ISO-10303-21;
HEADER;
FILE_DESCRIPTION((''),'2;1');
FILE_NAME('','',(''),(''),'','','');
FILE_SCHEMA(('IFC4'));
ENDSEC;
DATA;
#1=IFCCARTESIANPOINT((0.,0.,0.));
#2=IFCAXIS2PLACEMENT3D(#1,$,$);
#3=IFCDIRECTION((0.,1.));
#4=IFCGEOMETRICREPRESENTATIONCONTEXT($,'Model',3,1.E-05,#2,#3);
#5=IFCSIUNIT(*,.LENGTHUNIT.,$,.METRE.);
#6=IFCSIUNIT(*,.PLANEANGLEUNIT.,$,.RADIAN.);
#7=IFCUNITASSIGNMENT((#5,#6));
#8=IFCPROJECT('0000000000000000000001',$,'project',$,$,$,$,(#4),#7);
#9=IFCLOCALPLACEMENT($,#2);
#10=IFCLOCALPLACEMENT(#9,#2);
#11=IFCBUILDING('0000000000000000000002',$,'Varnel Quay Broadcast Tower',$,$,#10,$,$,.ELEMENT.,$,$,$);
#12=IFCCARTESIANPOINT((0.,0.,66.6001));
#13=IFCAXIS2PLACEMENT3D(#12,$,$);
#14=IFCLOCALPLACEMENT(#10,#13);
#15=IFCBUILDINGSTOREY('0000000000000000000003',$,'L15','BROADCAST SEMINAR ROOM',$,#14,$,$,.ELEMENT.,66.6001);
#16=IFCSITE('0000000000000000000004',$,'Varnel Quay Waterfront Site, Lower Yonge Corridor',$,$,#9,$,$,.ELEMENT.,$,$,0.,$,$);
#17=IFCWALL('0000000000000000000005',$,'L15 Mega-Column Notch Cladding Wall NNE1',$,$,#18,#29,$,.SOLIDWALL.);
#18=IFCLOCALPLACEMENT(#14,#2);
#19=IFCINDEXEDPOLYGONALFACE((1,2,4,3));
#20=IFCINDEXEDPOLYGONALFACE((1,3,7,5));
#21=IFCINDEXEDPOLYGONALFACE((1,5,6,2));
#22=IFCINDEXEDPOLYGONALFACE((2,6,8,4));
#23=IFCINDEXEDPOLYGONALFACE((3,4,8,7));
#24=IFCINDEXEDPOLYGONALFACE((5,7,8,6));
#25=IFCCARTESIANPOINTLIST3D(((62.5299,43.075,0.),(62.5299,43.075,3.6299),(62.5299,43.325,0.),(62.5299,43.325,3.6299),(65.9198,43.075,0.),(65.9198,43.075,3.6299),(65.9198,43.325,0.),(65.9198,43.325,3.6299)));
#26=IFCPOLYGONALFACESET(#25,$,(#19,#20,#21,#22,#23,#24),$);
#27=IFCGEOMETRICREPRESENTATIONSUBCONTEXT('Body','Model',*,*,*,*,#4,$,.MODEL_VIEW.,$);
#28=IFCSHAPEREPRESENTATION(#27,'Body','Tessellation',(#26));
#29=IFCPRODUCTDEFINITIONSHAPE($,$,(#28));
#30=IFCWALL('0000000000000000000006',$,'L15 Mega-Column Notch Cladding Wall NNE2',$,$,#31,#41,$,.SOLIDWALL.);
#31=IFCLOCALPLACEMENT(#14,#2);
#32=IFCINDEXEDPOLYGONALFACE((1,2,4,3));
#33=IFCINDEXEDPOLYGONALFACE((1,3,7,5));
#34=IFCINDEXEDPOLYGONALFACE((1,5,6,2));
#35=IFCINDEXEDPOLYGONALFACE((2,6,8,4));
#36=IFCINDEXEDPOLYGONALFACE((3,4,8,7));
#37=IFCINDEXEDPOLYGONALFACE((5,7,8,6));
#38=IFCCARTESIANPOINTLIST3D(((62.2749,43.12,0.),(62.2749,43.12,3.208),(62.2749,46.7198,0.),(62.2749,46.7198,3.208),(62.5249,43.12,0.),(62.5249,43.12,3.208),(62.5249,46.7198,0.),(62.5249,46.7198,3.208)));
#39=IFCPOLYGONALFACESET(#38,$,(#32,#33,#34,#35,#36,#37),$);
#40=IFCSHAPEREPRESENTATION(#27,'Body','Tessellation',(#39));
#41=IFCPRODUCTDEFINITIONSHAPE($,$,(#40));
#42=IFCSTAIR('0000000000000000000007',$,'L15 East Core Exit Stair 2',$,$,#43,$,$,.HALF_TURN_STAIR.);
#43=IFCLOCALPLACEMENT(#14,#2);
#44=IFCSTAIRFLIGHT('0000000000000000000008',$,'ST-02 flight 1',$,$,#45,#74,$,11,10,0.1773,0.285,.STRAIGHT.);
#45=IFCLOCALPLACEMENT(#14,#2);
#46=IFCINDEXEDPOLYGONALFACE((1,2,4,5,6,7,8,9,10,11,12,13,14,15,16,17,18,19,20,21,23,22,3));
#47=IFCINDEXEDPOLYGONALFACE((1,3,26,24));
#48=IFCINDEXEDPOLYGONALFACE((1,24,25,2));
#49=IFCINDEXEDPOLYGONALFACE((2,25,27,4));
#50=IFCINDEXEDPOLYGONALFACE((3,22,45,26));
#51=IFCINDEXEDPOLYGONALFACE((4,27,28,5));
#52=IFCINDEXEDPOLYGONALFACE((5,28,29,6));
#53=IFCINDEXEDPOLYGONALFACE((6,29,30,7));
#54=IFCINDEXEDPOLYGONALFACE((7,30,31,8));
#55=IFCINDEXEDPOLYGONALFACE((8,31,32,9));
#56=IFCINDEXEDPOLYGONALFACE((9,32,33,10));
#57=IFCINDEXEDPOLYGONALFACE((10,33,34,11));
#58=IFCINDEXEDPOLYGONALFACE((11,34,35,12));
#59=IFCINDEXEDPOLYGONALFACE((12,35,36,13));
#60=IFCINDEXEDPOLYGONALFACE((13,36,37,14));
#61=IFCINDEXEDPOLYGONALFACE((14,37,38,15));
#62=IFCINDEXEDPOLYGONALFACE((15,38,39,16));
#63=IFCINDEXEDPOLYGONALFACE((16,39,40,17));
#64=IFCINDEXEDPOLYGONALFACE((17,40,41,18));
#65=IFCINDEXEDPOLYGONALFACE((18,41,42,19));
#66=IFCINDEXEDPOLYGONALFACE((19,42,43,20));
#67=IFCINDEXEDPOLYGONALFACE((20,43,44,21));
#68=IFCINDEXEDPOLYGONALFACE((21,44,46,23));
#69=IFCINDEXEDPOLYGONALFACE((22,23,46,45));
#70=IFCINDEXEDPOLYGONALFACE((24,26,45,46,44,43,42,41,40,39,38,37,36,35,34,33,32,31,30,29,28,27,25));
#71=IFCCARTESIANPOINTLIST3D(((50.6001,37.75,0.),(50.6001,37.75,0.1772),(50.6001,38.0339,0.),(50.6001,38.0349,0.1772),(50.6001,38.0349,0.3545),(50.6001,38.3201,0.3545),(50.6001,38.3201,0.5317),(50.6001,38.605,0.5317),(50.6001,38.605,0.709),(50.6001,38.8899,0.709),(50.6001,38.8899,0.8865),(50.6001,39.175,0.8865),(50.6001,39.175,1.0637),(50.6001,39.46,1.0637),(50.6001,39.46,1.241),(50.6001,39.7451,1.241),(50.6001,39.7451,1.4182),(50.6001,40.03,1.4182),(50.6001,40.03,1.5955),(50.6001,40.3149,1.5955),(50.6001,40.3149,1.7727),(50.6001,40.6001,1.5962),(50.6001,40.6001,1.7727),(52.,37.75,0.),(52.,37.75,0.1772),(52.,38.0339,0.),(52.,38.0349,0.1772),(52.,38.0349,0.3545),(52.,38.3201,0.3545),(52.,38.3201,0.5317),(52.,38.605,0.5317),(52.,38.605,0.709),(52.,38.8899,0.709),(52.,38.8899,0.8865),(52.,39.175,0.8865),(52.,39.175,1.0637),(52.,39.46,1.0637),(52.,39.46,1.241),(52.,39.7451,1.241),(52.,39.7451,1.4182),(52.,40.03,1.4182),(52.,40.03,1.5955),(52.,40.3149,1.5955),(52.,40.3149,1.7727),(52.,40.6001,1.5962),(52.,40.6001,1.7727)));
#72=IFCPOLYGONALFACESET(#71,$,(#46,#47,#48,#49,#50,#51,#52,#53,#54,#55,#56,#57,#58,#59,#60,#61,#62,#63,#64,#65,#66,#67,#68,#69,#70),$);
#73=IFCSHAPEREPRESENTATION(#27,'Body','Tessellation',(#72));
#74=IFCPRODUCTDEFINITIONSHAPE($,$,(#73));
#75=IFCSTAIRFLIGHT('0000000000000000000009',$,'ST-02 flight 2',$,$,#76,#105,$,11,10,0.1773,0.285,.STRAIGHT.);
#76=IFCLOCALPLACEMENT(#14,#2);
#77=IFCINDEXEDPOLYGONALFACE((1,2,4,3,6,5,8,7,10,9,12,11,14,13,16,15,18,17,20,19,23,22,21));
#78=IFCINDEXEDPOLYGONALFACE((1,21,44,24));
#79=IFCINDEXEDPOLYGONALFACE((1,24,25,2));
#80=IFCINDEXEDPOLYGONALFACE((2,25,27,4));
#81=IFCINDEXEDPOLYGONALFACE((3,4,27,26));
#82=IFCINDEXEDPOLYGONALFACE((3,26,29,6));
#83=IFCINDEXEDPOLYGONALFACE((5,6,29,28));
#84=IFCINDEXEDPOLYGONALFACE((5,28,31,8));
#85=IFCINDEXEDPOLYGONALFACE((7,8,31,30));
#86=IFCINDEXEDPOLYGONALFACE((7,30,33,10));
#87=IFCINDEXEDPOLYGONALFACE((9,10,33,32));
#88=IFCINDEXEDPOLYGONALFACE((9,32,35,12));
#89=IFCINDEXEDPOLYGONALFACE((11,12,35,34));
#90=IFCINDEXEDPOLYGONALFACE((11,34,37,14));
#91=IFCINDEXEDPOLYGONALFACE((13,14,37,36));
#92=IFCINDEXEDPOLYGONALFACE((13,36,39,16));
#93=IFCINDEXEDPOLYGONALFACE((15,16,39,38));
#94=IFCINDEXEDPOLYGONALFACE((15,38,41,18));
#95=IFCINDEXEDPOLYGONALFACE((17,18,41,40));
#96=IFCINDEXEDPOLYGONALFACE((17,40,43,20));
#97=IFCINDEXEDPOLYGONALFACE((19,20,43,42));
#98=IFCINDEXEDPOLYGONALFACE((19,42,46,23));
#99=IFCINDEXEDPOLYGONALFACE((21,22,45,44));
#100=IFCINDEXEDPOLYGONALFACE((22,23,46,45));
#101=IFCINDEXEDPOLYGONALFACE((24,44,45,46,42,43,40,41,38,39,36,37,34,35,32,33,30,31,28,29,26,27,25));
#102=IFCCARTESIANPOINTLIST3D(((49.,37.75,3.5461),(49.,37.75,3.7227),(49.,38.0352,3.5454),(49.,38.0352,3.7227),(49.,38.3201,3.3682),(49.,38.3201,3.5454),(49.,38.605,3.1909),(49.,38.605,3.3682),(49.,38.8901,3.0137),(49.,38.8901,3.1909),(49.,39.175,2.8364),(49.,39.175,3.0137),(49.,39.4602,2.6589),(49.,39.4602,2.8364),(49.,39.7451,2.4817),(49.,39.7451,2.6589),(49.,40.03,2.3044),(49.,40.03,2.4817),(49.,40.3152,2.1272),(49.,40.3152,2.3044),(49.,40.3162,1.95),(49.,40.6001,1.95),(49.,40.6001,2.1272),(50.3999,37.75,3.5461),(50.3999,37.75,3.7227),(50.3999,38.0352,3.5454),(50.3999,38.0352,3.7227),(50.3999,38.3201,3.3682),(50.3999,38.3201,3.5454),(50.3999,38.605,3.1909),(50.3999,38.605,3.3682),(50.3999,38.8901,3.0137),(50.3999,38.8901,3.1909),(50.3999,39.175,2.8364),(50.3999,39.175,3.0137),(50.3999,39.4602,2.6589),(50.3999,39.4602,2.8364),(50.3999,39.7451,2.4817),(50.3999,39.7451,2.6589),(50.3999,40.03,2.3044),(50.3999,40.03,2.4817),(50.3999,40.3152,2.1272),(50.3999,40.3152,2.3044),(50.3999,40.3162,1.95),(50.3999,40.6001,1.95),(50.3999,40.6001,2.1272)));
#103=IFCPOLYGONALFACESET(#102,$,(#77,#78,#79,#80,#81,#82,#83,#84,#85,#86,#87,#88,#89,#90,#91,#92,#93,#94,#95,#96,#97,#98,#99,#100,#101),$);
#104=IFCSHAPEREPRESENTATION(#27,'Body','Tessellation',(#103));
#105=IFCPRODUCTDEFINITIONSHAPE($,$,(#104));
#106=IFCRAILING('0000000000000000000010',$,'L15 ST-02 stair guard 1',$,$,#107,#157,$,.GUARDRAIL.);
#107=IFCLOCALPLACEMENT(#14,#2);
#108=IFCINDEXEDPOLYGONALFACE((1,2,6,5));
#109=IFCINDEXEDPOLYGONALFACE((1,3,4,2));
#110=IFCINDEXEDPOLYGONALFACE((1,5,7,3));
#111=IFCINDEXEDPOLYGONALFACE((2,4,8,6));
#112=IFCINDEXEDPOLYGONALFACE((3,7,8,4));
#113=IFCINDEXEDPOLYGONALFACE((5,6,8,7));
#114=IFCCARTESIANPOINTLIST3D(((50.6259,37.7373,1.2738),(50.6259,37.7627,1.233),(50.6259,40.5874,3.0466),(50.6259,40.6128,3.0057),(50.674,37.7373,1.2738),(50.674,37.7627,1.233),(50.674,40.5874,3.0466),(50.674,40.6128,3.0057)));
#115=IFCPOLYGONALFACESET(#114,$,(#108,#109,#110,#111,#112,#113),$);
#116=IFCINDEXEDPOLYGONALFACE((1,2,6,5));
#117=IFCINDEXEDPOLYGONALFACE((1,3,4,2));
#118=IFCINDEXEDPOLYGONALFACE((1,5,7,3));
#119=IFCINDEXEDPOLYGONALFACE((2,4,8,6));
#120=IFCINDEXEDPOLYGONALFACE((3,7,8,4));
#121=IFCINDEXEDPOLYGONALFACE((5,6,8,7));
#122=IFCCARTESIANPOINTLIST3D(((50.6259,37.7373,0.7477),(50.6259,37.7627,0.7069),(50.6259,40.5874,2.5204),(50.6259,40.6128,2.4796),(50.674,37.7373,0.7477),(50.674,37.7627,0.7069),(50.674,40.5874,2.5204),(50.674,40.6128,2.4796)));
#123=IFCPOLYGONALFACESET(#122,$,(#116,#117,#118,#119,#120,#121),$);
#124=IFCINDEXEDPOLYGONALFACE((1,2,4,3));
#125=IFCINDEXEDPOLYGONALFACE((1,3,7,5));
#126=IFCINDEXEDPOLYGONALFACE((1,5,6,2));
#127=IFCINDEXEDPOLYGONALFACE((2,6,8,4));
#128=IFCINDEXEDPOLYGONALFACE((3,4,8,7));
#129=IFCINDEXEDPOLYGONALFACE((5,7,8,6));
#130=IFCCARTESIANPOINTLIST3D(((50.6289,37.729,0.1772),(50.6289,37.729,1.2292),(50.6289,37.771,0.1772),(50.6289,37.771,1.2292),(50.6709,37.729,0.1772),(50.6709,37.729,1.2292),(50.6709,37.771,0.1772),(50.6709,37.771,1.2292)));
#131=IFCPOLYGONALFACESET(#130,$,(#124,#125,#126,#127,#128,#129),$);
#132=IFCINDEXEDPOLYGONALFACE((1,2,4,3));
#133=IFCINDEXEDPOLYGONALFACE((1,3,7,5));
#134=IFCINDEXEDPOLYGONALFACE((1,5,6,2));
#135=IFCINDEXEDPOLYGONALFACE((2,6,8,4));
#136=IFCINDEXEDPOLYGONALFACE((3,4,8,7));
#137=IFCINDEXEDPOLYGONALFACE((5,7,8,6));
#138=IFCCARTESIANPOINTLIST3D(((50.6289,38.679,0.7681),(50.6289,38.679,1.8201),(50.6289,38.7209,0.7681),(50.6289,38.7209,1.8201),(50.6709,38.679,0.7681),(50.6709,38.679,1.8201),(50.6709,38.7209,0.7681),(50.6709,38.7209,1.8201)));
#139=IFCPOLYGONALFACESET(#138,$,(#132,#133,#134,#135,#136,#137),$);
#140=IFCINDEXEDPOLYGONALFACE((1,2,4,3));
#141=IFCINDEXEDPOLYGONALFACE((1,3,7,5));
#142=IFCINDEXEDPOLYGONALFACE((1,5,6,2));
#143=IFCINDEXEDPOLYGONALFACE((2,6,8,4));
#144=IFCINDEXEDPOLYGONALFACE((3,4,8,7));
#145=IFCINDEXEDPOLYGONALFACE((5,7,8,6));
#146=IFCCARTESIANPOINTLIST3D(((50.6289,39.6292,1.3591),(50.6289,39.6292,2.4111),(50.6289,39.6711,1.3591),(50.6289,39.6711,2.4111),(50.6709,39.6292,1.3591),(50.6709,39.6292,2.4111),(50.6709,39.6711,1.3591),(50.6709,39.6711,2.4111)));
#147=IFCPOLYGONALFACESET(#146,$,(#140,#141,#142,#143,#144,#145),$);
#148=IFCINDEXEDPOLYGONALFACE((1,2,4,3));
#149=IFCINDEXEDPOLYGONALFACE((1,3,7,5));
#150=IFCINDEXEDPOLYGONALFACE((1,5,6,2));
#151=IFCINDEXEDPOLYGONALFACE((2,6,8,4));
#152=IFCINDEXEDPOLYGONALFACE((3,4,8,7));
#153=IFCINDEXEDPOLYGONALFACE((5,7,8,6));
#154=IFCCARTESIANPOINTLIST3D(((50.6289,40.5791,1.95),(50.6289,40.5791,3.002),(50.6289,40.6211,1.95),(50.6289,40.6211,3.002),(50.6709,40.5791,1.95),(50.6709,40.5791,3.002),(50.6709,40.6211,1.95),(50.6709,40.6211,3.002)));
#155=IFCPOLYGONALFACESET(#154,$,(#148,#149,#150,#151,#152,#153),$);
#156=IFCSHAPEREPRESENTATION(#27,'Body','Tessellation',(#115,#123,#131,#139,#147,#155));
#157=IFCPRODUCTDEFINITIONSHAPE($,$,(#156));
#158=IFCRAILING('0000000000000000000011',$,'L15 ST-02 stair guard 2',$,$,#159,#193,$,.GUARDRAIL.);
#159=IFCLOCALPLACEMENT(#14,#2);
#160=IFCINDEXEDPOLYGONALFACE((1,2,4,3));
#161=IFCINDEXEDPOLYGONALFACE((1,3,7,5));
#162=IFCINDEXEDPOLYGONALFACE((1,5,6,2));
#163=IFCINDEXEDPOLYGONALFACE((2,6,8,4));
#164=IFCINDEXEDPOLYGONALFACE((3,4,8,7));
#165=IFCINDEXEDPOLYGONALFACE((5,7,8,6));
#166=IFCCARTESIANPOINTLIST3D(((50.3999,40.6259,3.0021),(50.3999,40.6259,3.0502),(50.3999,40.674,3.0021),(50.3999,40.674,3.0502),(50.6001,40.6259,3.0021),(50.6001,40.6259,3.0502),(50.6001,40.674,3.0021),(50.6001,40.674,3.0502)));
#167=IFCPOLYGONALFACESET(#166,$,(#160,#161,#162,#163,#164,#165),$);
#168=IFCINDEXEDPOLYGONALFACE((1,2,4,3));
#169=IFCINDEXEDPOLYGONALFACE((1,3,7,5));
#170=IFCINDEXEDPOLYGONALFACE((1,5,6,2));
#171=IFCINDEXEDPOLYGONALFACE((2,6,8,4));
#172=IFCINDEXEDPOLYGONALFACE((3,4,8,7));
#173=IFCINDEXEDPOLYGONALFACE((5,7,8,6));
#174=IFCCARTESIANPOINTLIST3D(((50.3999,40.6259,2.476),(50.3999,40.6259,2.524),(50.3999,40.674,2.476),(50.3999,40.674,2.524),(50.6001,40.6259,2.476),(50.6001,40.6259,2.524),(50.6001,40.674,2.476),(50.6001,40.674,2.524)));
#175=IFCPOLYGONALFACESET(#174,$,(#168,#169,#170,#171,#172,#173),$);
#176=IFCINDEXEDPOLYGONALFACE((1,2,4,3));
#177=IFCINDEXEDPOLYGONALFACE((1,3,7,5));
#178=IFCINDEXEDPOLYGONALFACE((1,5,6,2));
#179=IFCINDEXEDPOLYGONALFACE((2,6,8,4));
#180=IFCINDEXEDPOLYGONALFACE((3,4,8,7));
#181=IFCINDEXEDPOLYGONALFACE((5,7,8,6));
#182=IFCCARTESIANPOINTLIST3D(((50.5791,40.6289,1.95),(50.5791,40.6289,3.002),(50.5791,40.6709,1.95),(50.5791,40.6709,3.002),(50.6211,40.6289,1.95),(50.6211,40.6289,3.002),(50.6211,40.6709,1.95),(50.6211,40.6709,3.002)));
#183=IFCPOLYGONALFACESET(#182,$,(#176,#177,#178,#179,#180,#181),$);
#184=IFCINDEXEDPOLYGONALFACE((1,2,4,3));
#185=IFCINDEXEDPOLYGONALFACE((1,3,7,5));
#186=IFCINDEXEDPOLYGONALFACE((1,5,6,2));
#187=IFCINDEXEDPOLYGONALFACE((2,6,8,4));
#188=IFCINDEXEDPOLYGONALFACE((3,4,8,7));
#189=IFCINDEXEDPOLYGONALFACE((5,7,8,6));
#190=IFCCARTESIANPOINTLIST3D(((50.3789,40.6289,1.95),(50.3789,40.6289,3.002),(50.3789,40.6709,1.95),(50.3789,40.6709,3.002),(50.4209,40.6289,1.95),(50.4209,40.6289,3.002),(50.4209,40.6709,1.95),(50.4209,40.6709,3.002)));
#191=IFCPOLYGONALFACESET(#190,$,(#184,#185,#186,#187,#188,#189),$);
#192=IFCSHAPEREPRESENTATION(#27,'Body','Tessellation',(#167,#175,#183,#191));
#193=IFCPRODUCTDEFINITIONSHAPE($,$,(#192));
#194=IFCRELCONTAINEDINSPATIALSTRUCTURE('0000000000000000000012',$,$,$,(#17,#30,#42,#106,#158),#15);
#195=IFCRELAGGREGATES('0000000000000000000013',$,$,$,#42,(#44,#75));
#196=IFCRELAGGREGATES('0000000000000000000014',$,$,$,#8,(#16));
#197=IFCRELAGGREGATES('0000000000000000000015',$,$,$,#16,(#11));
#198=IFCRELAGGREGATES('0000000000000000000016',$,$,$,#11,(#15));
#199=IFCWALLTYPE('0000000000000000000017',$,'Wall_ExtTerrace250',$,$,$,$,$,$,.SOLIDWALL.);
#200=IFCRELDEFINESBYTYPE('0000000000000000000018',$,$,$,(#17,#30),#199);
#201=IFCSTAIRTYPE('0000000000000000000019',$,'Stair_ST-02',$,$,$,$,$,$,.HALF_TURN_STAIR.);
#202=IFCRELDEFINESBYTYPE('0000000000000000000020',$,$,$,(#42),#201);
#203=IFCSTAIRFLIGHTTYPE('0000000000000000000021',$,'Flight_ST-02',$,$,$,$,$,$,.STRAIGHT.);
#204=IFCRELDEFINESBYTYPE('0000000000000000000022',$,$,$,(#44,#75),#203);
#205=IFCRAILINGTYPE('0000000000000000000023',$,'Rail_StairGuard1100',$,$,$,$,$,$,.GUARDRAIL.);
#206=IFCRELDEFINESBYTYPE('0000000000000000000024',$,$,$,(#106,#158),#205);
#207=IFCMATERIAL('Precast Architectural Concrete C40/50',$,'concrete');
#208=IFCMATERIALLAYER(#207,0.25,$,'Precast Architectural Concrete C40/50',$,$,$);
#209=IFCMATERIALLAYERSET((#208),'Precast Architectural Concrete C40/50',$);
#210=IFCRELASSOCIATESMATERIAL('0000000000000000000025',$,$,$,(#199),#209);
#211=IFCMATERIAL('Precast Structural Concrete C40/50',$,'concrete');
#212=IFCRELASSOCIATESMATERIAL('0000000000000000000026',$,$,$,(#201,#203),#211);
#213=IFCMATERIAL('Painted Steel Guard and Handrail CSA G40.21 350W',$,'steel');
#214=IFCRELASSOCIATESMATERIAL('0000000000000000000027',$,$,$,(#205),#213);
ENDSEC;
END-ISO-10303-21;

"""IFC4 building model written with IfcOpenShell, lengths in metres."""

from ifc_helpers import new_model, si_unit, direction, frame, frame_2d, origin, origin_2d, place, context, subcontext, project, spatial, polyline, rectangle, outline, extrude, material, layer, layer_set, type_object, element, aggregate, save


model = new_model("IFC4")

# Units and contexts
model_context = context("Model", 3, precision=1e-05, world=origin(), true_north=direction((0.0, 1.0)))
body_context = subcontext(model_context, "Body", "Model", "MODEL_VIEW")
ifc_project = project(units=[si_unit("LENGTHUNIT", "METRE"), si_unit("PLANEANGLEUNIT", "RADIAN")], contexts=[model_context])

# Site, building, storey
site_placement = place(None, origin())
site = spatial("IfcSite", under=ifc_project, at=site_placement, Name="Varnel Quay Waterfront Site, Lower Yonge Corridor", CompositionType="ELEMENT", RefElevation=0.0)
building_placement = place(site_placement, origin())
building = spatial("IfcBuilding", under=site, at=building_placement, Name="Varnel Quay Broadcast Tower", CompositionType="ELEMENT")
storey_placement = place(building_placement, frame((0.0, 0.0, 66.6001)))
storey = spatial("IfcBuildingStorey", under=building, at=storey_placement, Name="L15", Description="BROADCAST SEMINAR ROOM", CompositionType="ELEMENT", Elevation=66.6001)

# Walls
ifc_material_1 = material(Name="Precast Architectural Concrete C40/50", Category="concrete")
ifc_layer_1 = layer(ifc_material_1, 0.25, Name="Precast Architectural Concrete C40/50")
ifc_layer_set_1 = layer_set([ifc_layer_1], Name="Precast Architectural Concrete C40/50")
wall_type_1 = type_object("IfcWallType", Name="Wall_ExtTerrace250", PredefinedType="SOLIDWALL", material=ifc_layer_set_1)
wall_1_placement = place(storey_placement, frame((62.53, 43.2, 0.0), z_axis=(0.0, 0.0, 1.0), x_axis=(1.0, 0.0, 0.0)))
element("IfcWall", 1, at=wall_1_placement, inside=storey, type_object=wall_type_1, Name="L15 Mega-Column Notch Cladding Wall NNE1", PredefinedType="SOLIDWALL", context=body_context, shape_type="SweptSolid", body=[
    extrude(rectangle(XDim=3.3899, YDim=0.25, at=frame_2d((1.6948, 0.0))), origin(), (0.0, 0.0, 1.0), 3.6299),
])
wall_2_placement = place(storey_placement, frame((62.3999, 43.1201, 0.0), z_axis=(0.0, 0.0, 1.0), x_axis=(0.0, 1.0, 0.0)))
element("IfcWall", 2, at=wall_2_placement, inside=storey, type_object=wall_type_1, Name="L15 Mega-Column Notch Cladding Wall NNE2", PredefinedType="SOLIDWALL", context=body_context, shape_type="SweptSolid", body=[
    extrude(rectangle(XDim=3.5999, YDim=0.25, at=frame_2d((1.7998, 0.0))), origin(), (0.0, 0.0, 1.0), 3.208),
])

# Stair, stair flights
ifc_material_2 = material(Name="Precast Structural Concrete C40/50", Category="concrete")
stair_type = type_object("IfcStairType", Name="Stair_ST-02", PredefinedType="HALF_TURN_STAIR", material=ifc_material_2)
stair_placement = place(storey_placement, origin())
stair = element("IfcStair", 3, at=stair_placement, inside=storey, type_object=stair_type, Name="L15 East Core Exit Stair 2", PredefinedType="HALF_TURN_STAIR")
stair_flight_type = type_object("IfcStairFlightType", Name="Flight_ST-02", PredefinedType="STRAIGHT", material=ifc_material_2)
stair_flight_1_placement = place(storey_placement, frame((51.3, 37.75, 0.0), z_axis=(0.0, 0.0, 1.0), x_axis=(0.0, 1.0, 0.0)))
stair_flight_1 = element("IfcStairFlight", 4, at=stair_flight_1_placement, type_object=stair_flight_type, Name="ST-02 flight 1", NumberOfRisers=11, NumberOfTreads=10, PredefinedType="STRAIGHT", RiserHeight=0.1773, TreadLength=0.285, context=body_context, shape_type="SweptSolid", body=[
    extrude(outline(polyline([(0.0, 0.0), (0.0, 0.1772), (0.2849, 0.1772), (0.2849, 0.3545), (0.5701, 0.3545), (0.5701, 0.5317), (0.855, 0.5317), (0.855, 0.709), (1.1399, 0.709), (1.1399, 0.8865), (1.425, 0.8865), (1.425, 1.0637), (1.71, 1.0637), (1.71, 1.241), (1.9951, 1.241), (1.9951, 1.4182), (2.28, 1.4182), (2.28, 1.5955), (2.5649, 1.5955), (2.5649, 1.7727), (2.8501, 1.7727), (2.8501, 1.95), (2.8501, 1.5962), (0.2839, 0.0), (0.0, 0.0)])), frame((0.0, 0.7, 0.0), z_axis=(0.0, -1.0, 0.0), x_axis=(1.0, 0.0, 0.0)), (0.0, 0.0, 1.0), 1.3999),
])
stair_flight_2_placement = place(storey_placement, frame((49.7, 40.6001, 1.95), z_axis=(0.0, 0.0, 1.0), x_axis=(0.0, -1.0, 0.0)))
stair_flight_2 = element("IfcStairFlight", 5, at=stair_flight_2_placement, type_object=stair_flight_type, Name="ST-02 flight 2", NumberOfRisers=11, NumberOfTreads=10, PredefinedType="STRAIGHT", RiserHeight=0.1773, TreadLength=0.285, context=body_context, shape_type="SweptSolid", body=[
    extrude(outline(polyline([(0.0, 0.0), (0.0, 0.1772), (0.2849, 0.1772), (0.2849, 0.3545), (0.5701, 0.3545), (0.5701, 0.5317), (0.855, 0.5317), (0.855, 0.709), (1.1399, 0.709), (1.1399, 0.8865), (1.425, 0.8865), (1.425, 1.0637), (1.71, 1.0637), (1.71, 1.241), (1.9951, 1.241), (1.9951, 1.4182), (2.28, 1.4182), (2.28, 1.5955), (2.5649, 1.5955), (2.5649, 1.7727), (2.8501, 1.7727), (2.8501, 1.95), (2.8501, 1.5962), (0.2839, 0.0), (0.0, 0.0)])), frame((0.0, 0.7, 0.0), z_axis=(0.0, -1.0, 0.0), x_axis=(1.0, 0.0, 0.0)), (0.0, 0.0, 1.0), 1.3999),
])
aggregate(stair, [stair_flight_1, stair_flight_2])

# Railings
ifc_material_3 = material(Name="Painted Steel Guard and Handrail CSA G40.21 350W", Category="steel")
railing_type_1 = type_object("IfcRailingType", Name="Rail_StairGuard1100", PredefinedType="GUARDRAIL", material=ifc_material_3)
railing_1_placement = place(storey_placement, frame((50.6499, 37.75, 0.1772)))
element("IfcRailing", 6, at=railing_1_placement, inside=storey, type_object=railing_type_1, Name="L15 ST-02 stair guard 1", PredefinedType="GUARDRAIL", context=body_context, shape_type="SweptSolid", body=[
    extrude(rectangle(XDim=0.0481, YDim=0.0481, at=origin_2d()), frame((0.0, 0.0, 1.0762), z_axis=(0.0, 0.849149, 0.528154), x_axis=(-1.0, 0.0, 0.0)), (0.0, 0.0, 1.0), 3.3564),
    extrude(rectangle(XDim=0.0481, YDim=0.0481, at=origin_2d()), frame((0.0, 0.0, 0.55), z_axis=(0.0, 0.849149, 0.528154), x_axis=(-1.0, 0.0, 0.0)), (0.0, 0.0, 1.0), 3.3564),
    extrude(rectangle(XDim=0.042, YDim=0.042, at=origin_2d()), origin(), (0.0, 0.0, 1.0), 1.052),
    extrude(rectangle(XDim=0.042, YDim=0.042, at=origin_2d()), frame((0.0, 0.95, 0.5908)), (0.0, 0.0, 1.0), 1.052),
    extrude(rectangle(XDim=0.042, YDim=0.042, at=origin_2d()), frame((0.0, 1.9001, 1.1819)), (0.0, 0.0, 1.0), 1.052),
    extrude(rectangle(XDim=0.042, YDim=0.042, at=origin_2d()), frame((0.0, 2.8501, 1.7727)), (0.0, 0.0, 1.0), 1.052),
])
railing_2_placement = place(storey_placement, frame((50.6001, 40.6499, 1.95)))
element("IfcRailing", 7, at=railing_2_placement, inside=storey, type_object=railing_type_1, Name="L15 ST-02 stair guard 2", PredefinedType="GUARDRAIL", context=body_context, shape_type="SweptSolid", body=[
    extrude(rectangle(XDim=0.0481, YDim=0.0481, at=origin_2d()), frame((0.0, 0.0, 1.0762), z_axis=(-1.0, 0.0, 0.0), x_axis=(0.0, -1.0, 0.0)), (0.0, 0.0, 1.0), 0.2002),
    extrude(rectangle(XDim=0.0481, YDim=0.0481, at=origin_2d()), frame((0.0, 0.0, 0.55), z_axis=(-1.0, 0.0, 0.0), x_axis=(0.0, -1.0, 0.0)), (0.0, 0.0, 1.0), 0.2002),
    extrude(rectangle(XDim=0.042, YDim=0.042, at=origin_2d()), origin(), (0.0, 0.0, 1.0), 1.052),
    extrude(rectangle(XDim=0.042, YDim=0.042, at=origin_2d()), frame((-0.2002, 0.0, 0.0)), (0.0, 0.0, 1.0), 1.052),
])

save(model, "model.ifc")
